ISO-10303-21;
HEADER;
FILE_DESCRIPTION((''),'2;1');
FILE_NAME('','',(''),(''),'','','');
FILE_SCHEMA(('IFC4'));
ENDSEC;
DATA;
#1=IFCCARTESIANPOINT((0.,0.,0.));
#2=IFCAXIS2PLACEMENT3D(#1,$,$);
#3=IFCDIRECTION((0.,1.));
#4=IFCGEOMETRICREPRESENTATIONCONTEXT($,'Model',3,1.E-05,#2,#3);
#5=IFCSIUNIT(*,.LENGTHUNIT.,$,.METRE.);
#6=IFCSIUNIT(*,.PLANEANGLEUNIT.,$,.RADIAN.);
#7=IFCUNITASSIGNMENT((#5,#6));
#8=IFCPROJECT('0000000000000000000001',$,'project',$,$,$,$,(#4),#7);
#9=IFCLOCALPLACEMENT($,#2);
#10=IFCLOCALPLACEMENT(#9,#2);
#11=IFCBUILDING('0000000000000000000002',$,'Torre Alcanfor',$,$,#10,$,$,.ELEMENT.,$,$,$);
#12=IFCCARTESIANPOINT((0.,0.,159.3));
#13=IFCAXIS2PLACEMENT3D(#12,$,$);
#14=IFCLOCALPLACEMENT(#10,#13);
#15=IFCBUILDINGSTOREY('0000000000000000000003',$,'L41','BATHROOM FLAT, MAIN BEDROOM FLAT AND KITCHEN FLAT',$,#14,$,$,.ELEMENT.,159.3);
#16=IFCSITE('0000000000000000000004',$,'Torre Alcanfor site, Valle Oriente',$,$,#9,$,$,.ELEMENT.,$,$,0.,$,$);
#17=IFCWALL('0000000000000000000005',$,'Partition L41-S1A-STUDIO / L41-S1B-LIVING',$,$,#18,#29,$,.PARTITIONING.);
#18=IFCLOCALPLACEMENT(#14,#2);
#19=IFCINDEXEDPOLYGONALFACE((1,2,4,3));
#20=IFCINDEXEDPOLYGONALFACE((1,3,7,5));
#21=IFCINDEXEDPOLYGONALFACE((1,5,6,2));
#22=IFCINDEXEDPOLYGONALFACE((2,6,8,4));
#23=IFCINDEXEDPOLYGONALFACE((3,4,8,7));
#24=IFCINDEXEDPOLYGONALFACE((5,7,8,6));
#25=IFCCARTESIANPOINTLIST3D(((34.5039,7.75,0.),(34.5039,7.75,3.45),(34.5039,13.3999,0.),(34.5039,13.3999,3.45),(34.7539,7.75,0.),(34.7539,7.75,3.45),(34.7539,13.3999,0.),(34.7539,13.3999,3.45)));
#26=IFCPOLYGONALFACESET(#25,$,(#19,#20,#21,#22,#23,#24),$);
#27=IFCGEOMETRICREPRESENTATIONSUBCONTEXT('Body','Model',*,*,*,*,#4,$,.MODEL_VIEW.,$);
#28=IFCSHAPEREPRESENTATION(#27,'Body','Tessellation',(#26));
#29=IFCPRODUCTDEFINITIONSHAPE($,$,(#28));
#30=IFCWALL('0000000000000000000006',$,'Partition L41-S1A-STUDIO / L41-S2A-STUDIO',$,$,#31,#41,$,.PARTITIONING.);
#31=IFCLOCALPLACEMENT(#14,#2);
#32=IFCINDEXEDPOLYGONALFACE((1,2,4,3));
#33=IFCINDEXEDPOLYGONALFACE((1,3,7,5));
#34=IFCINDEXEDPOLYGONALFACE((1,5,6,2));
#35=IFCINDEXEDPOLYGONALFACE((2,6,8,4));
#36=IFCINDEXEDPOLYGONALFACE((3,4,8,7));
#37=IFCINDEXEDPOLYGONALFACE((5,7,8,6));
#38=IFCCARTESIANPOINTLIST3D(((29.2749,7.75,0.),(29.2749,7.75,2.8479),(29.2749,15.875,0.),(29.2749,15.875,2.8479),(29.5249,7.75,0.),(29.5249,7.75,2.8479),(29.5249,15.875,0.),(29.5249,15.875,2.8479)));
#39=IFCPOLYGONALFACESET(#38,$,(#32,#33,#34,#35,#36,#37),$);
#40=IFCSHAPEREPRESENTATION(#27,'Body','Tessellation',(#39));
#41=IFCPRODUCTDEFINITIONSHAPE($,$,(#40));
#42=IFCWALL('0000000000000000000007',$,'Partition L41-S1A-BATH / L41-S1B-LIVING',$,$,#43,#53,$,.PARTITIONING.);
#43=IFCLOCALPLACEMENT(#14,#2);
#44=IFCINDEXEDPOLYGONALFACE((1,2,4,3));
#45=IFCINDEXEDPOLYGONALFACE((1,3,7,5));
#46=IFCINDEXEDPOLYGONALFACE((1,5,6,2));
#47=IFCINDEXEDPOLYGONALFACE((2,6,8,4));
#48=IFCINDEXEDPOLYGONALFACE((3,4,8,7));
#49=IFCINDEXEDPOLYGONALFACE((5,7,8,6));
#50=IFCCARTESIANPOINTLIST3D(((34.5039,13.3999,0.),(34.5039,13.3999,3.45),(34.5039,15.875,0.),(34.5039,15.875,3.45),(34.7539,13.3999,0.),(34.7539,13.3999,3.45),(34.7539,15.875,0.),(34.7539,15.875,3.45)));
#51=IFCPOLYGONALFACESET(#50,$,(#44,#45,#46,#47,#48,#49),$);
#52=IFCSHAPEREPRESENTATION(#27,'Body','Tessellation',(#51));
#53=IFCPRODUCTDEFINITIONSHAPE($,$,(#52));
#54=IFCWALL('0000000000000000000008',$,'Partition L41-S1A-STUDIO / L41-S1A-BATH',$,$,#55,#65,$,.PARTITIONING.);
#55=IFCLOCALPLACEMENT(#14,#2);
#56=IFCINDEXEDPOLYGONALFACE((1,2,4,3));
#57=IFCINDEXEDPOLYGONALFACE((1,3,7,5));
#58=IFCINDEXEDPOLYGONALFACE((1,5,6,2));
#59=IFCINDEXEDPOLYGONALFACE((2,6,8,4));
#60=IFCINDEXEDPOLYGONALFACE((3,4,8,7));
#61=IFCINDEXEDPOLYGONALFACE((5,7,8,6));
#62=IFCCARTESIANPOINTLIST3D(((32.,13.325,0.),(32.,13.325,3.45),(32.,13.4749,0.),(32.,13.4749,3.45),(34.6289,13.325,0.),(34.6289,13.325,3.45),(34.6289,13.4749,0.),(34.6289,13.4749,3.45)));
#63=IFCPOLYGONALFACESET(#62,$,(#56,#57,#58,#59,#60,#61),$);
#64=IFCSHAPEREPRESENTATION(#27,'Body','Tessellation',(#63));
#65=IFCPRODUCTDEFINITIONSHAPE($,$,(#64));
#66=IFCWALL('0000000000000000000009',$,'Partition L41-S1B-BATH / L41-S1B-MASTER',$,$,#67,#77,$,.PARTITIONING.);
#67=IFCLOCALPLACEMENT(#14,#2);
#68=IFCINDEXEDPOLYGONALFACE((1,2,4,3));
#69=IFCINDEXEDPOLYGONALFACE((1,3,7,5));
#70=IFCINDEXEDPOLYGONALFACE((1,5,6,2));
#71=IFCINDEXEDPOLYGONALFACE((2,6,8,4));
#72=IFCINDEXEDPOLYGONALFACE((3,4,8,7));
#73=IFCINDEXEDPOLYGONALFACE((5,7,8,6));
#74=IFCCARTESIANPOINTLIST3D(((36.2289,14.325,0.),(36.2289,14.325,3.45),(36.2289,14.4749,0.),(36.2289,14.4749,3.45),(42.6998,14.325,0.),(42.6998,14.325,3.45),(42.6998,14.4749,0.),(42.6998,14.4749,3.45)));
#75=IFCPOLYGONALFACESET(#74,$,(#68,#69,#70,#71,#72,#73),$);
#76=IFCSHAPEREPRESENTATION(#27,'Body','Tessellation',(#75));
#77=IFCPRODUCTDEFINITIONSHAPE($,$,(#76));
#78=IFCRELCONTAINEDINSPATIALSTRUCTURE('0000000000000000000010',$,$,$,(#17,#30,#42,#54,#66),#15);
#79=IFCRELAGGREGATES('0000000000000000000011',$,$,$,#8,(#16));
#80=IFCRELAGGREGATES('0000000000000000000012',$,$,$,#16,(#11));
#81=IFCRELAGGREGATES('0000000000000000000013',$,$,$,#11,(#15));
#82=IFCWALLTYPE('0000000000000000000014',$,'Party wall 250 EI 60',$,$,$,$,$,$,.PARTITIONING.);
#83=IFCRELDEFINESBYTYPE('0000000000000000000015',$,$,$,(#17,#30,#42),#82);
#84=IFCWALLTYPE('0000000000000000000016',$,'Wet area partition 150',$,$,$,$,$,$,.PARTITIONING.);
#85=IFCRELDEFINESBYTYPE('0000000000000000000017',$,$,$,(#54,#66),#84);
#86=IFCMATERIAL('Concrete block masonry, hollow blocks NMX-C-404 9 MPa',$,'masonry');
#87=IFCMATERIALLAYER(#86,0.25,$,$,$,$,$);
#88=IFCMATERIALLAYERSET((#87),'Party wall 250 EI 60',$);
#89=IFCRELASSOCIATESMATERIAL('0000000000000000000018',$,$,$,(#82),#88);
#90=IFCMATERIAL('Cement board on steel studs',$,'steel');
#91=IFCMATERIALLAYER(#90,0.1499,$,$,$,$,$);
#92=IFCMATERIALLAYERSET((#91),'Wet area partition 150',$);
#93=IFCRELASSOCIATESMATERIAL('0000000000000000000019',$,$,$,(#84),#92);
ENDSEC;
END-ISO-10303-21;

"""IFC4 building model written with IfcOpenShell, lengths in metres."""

from ifc_helpers import new_model, si_unit, direction, frame, frame_2d, origin, place, context, subcontext, project, spatial, rectangle, extrude, material, layer, layer_set, type_object, element, save


model = new_model("IFC4")

# Units and contexts
model_context = context("Model", 3, precision=1e-05, world=origin(), true_north=direction((0.0, 1.0)))
body_context = subcontext(model_context, "Body", "Model", "MODEL_VIEW")
ifc_project = project(units=[si_unit("LENGTHUNIT", "METRE"), si_unit("PLANEANGLEUNIT", "RADIAN")], contexts=[model_context])

# Site, building, storey
site_placement = place(None, origin())
site = spatial("IfcSite", under=ifc_project, at=site_placement, Name="Torre Alcanfor site, Valle Oriente", CompositionType="ELEMENT", RefElevation=0.0)
building_placement = place(site_placement, origin())
building = spatial("IfcBuilding", under=site, at=building_placement, Name="Torre Alcanfor", CompositionType="ELEMENT")
storey_placement = place(building_placement, frame((0.0, 0.0, 159.3)))
storey = spatial("IfcBuildingStorey", under=building, at=storey_placement, Name="L41", Description="BATHROOM FLAT, MAIN BEDROOM FLAT AND KITCHEN FLAT", CompositionType="ELEMENT", Elevation=159.3)

# Walls
ifc_material_1 = material(Name="Concrete block masonry, hollow blocks NMX-C-404 9 MPa", Category="masonry")
ifc_layer_1 = layer(ifc_material_1, 0.25)
ifc_layer_set_1 = layer_set([ifc_layer_1], Name="Party wall 250 EI 60")
wall_type_1 = type_object("IfcWallType", Name="Party wall 250 EI 60", PredefinedType="PARTITIONING", material=ifc_layer_set_1)
wall_1_placement = place(storey_placement, frame((34.6289, 13.3999, 0.0), z_axis=(0.0, 0.0, 1.0), x_axis=(0.0, -1.0, 0.0)))
element("IfcWall", 1, at=wall_1_placement, inside=storey, type_object=wall_type_1, Name="Partition L41-S1A-STUDIO / L41-S1B-LIVING", PredefinedType="PARTITIONING", context=body_context, shape_type="SweptSolid", body=[
    extrude(rectangle(XDim=5.6499, YDim=0.25, at=frame_2d((2.825, 0.0))), origin(), (0.0, 0.0, 1.0), 3.45),
])
wall_2_placement = place(storey_placement, frame((29.3999, 7.75, 0.0), z_axis=(0.0, 0.0, 1.0), x_axis=(0.0, 1.0, 0.0)))
element("IfcWall", 2, at=wall_2_placement, inside=storey, type_object=wall_type_1, Name="Partition L41-S1A-STUDIO / L41-S2A-STUDIO", PredefinedType="PARTITIONING", context=body_context, shape_type="SweptSolid", body=[
    extrude(rectangle(XDim=8.125, YDim=0.25, at=frame_2d((4.0625, 0.0))), origin(), (0.0, 0.0, 1.0), 2.8479),
])
wall_3_placement = place(storey_placement, frame((34.6289, 13.3999, 0.0), z_axis=(0.0, 0.0, 1.0), x_axis=(0.0, 1.0, 0.0)))
element("IfcWall", 3, at=wall_3_placement, inside=storey, type_object=wall_type_1, Name="Partition L41-S1A-BATH / L41-S1B-LIVING", PredefinedType="PARTITIONING", context=body_context, shape_type="SweptSolid", body=[
    extrude(rectangle(XDim=2.4751, YDim=0.25, at=frame_2d((1.2375, 0.0))), origin(), (0.0, 0.0, 1.0), 3.45),
])
ifc_material_2 = material(Name="Cement board on steel studs", Category="steel")
ifc_layer_2 = layer(ifc_material_2, 0.1499)
ifc_layer_set_2 = layer_set([ifc_layer_2], Name="Wet area partition 150")
wall_type_2 = type_object("IfcWallType", Name="Wet area partition 150", PredefinedType="PARTITIONING", material=ifc_layer_set_2)
wall_4_placement = place(storey_placement, frame((32.0, 13.3999, 0.0), z_axis=(0.0, 0.0, 1.0), x_axis=(1.0, 0.0, 0.0)))
element("IfcWall", 4, at=wall_4_placement, inside=storey, type_object=wall_type_2, Name="Partition L41-S1A-STUDIO / L41-S1A-BATH", PredefinedType="PARTITIONING", context=body_context, shape_type="SweptSolid", body=[
    extrude(rectangle(XDim=2.6289, YDim=0.1499, at=frame_2d((1.3145, 0.0))), origin(), (0.0, 0.0, 1.0), 3.45),
])
wall_5_placement = place(storey_placement, frame((36.229, 14.3999, 0.0), z_axis=(0.0, 0.0, 1.0), x_axis=(1.0, 0.0, 0.0)))
element("IfcWall", 5, at=wall_5_placement, inside=storey, type_object=wall_type_2, Name="Partition L41-S1B-BATH / L41-S1B-MASTER", PredefinedType="PARTITIONING", context=body_context, shape_type="SweptSolid", body=[
    extrude(rectangle(XDim=6.4709, YDim=0.1499, at=frame_2d((3.2354, 0.0))), origin(), (0.0, 0.0, 1.0), 3.45),
])

save(model, "model.ifc")
